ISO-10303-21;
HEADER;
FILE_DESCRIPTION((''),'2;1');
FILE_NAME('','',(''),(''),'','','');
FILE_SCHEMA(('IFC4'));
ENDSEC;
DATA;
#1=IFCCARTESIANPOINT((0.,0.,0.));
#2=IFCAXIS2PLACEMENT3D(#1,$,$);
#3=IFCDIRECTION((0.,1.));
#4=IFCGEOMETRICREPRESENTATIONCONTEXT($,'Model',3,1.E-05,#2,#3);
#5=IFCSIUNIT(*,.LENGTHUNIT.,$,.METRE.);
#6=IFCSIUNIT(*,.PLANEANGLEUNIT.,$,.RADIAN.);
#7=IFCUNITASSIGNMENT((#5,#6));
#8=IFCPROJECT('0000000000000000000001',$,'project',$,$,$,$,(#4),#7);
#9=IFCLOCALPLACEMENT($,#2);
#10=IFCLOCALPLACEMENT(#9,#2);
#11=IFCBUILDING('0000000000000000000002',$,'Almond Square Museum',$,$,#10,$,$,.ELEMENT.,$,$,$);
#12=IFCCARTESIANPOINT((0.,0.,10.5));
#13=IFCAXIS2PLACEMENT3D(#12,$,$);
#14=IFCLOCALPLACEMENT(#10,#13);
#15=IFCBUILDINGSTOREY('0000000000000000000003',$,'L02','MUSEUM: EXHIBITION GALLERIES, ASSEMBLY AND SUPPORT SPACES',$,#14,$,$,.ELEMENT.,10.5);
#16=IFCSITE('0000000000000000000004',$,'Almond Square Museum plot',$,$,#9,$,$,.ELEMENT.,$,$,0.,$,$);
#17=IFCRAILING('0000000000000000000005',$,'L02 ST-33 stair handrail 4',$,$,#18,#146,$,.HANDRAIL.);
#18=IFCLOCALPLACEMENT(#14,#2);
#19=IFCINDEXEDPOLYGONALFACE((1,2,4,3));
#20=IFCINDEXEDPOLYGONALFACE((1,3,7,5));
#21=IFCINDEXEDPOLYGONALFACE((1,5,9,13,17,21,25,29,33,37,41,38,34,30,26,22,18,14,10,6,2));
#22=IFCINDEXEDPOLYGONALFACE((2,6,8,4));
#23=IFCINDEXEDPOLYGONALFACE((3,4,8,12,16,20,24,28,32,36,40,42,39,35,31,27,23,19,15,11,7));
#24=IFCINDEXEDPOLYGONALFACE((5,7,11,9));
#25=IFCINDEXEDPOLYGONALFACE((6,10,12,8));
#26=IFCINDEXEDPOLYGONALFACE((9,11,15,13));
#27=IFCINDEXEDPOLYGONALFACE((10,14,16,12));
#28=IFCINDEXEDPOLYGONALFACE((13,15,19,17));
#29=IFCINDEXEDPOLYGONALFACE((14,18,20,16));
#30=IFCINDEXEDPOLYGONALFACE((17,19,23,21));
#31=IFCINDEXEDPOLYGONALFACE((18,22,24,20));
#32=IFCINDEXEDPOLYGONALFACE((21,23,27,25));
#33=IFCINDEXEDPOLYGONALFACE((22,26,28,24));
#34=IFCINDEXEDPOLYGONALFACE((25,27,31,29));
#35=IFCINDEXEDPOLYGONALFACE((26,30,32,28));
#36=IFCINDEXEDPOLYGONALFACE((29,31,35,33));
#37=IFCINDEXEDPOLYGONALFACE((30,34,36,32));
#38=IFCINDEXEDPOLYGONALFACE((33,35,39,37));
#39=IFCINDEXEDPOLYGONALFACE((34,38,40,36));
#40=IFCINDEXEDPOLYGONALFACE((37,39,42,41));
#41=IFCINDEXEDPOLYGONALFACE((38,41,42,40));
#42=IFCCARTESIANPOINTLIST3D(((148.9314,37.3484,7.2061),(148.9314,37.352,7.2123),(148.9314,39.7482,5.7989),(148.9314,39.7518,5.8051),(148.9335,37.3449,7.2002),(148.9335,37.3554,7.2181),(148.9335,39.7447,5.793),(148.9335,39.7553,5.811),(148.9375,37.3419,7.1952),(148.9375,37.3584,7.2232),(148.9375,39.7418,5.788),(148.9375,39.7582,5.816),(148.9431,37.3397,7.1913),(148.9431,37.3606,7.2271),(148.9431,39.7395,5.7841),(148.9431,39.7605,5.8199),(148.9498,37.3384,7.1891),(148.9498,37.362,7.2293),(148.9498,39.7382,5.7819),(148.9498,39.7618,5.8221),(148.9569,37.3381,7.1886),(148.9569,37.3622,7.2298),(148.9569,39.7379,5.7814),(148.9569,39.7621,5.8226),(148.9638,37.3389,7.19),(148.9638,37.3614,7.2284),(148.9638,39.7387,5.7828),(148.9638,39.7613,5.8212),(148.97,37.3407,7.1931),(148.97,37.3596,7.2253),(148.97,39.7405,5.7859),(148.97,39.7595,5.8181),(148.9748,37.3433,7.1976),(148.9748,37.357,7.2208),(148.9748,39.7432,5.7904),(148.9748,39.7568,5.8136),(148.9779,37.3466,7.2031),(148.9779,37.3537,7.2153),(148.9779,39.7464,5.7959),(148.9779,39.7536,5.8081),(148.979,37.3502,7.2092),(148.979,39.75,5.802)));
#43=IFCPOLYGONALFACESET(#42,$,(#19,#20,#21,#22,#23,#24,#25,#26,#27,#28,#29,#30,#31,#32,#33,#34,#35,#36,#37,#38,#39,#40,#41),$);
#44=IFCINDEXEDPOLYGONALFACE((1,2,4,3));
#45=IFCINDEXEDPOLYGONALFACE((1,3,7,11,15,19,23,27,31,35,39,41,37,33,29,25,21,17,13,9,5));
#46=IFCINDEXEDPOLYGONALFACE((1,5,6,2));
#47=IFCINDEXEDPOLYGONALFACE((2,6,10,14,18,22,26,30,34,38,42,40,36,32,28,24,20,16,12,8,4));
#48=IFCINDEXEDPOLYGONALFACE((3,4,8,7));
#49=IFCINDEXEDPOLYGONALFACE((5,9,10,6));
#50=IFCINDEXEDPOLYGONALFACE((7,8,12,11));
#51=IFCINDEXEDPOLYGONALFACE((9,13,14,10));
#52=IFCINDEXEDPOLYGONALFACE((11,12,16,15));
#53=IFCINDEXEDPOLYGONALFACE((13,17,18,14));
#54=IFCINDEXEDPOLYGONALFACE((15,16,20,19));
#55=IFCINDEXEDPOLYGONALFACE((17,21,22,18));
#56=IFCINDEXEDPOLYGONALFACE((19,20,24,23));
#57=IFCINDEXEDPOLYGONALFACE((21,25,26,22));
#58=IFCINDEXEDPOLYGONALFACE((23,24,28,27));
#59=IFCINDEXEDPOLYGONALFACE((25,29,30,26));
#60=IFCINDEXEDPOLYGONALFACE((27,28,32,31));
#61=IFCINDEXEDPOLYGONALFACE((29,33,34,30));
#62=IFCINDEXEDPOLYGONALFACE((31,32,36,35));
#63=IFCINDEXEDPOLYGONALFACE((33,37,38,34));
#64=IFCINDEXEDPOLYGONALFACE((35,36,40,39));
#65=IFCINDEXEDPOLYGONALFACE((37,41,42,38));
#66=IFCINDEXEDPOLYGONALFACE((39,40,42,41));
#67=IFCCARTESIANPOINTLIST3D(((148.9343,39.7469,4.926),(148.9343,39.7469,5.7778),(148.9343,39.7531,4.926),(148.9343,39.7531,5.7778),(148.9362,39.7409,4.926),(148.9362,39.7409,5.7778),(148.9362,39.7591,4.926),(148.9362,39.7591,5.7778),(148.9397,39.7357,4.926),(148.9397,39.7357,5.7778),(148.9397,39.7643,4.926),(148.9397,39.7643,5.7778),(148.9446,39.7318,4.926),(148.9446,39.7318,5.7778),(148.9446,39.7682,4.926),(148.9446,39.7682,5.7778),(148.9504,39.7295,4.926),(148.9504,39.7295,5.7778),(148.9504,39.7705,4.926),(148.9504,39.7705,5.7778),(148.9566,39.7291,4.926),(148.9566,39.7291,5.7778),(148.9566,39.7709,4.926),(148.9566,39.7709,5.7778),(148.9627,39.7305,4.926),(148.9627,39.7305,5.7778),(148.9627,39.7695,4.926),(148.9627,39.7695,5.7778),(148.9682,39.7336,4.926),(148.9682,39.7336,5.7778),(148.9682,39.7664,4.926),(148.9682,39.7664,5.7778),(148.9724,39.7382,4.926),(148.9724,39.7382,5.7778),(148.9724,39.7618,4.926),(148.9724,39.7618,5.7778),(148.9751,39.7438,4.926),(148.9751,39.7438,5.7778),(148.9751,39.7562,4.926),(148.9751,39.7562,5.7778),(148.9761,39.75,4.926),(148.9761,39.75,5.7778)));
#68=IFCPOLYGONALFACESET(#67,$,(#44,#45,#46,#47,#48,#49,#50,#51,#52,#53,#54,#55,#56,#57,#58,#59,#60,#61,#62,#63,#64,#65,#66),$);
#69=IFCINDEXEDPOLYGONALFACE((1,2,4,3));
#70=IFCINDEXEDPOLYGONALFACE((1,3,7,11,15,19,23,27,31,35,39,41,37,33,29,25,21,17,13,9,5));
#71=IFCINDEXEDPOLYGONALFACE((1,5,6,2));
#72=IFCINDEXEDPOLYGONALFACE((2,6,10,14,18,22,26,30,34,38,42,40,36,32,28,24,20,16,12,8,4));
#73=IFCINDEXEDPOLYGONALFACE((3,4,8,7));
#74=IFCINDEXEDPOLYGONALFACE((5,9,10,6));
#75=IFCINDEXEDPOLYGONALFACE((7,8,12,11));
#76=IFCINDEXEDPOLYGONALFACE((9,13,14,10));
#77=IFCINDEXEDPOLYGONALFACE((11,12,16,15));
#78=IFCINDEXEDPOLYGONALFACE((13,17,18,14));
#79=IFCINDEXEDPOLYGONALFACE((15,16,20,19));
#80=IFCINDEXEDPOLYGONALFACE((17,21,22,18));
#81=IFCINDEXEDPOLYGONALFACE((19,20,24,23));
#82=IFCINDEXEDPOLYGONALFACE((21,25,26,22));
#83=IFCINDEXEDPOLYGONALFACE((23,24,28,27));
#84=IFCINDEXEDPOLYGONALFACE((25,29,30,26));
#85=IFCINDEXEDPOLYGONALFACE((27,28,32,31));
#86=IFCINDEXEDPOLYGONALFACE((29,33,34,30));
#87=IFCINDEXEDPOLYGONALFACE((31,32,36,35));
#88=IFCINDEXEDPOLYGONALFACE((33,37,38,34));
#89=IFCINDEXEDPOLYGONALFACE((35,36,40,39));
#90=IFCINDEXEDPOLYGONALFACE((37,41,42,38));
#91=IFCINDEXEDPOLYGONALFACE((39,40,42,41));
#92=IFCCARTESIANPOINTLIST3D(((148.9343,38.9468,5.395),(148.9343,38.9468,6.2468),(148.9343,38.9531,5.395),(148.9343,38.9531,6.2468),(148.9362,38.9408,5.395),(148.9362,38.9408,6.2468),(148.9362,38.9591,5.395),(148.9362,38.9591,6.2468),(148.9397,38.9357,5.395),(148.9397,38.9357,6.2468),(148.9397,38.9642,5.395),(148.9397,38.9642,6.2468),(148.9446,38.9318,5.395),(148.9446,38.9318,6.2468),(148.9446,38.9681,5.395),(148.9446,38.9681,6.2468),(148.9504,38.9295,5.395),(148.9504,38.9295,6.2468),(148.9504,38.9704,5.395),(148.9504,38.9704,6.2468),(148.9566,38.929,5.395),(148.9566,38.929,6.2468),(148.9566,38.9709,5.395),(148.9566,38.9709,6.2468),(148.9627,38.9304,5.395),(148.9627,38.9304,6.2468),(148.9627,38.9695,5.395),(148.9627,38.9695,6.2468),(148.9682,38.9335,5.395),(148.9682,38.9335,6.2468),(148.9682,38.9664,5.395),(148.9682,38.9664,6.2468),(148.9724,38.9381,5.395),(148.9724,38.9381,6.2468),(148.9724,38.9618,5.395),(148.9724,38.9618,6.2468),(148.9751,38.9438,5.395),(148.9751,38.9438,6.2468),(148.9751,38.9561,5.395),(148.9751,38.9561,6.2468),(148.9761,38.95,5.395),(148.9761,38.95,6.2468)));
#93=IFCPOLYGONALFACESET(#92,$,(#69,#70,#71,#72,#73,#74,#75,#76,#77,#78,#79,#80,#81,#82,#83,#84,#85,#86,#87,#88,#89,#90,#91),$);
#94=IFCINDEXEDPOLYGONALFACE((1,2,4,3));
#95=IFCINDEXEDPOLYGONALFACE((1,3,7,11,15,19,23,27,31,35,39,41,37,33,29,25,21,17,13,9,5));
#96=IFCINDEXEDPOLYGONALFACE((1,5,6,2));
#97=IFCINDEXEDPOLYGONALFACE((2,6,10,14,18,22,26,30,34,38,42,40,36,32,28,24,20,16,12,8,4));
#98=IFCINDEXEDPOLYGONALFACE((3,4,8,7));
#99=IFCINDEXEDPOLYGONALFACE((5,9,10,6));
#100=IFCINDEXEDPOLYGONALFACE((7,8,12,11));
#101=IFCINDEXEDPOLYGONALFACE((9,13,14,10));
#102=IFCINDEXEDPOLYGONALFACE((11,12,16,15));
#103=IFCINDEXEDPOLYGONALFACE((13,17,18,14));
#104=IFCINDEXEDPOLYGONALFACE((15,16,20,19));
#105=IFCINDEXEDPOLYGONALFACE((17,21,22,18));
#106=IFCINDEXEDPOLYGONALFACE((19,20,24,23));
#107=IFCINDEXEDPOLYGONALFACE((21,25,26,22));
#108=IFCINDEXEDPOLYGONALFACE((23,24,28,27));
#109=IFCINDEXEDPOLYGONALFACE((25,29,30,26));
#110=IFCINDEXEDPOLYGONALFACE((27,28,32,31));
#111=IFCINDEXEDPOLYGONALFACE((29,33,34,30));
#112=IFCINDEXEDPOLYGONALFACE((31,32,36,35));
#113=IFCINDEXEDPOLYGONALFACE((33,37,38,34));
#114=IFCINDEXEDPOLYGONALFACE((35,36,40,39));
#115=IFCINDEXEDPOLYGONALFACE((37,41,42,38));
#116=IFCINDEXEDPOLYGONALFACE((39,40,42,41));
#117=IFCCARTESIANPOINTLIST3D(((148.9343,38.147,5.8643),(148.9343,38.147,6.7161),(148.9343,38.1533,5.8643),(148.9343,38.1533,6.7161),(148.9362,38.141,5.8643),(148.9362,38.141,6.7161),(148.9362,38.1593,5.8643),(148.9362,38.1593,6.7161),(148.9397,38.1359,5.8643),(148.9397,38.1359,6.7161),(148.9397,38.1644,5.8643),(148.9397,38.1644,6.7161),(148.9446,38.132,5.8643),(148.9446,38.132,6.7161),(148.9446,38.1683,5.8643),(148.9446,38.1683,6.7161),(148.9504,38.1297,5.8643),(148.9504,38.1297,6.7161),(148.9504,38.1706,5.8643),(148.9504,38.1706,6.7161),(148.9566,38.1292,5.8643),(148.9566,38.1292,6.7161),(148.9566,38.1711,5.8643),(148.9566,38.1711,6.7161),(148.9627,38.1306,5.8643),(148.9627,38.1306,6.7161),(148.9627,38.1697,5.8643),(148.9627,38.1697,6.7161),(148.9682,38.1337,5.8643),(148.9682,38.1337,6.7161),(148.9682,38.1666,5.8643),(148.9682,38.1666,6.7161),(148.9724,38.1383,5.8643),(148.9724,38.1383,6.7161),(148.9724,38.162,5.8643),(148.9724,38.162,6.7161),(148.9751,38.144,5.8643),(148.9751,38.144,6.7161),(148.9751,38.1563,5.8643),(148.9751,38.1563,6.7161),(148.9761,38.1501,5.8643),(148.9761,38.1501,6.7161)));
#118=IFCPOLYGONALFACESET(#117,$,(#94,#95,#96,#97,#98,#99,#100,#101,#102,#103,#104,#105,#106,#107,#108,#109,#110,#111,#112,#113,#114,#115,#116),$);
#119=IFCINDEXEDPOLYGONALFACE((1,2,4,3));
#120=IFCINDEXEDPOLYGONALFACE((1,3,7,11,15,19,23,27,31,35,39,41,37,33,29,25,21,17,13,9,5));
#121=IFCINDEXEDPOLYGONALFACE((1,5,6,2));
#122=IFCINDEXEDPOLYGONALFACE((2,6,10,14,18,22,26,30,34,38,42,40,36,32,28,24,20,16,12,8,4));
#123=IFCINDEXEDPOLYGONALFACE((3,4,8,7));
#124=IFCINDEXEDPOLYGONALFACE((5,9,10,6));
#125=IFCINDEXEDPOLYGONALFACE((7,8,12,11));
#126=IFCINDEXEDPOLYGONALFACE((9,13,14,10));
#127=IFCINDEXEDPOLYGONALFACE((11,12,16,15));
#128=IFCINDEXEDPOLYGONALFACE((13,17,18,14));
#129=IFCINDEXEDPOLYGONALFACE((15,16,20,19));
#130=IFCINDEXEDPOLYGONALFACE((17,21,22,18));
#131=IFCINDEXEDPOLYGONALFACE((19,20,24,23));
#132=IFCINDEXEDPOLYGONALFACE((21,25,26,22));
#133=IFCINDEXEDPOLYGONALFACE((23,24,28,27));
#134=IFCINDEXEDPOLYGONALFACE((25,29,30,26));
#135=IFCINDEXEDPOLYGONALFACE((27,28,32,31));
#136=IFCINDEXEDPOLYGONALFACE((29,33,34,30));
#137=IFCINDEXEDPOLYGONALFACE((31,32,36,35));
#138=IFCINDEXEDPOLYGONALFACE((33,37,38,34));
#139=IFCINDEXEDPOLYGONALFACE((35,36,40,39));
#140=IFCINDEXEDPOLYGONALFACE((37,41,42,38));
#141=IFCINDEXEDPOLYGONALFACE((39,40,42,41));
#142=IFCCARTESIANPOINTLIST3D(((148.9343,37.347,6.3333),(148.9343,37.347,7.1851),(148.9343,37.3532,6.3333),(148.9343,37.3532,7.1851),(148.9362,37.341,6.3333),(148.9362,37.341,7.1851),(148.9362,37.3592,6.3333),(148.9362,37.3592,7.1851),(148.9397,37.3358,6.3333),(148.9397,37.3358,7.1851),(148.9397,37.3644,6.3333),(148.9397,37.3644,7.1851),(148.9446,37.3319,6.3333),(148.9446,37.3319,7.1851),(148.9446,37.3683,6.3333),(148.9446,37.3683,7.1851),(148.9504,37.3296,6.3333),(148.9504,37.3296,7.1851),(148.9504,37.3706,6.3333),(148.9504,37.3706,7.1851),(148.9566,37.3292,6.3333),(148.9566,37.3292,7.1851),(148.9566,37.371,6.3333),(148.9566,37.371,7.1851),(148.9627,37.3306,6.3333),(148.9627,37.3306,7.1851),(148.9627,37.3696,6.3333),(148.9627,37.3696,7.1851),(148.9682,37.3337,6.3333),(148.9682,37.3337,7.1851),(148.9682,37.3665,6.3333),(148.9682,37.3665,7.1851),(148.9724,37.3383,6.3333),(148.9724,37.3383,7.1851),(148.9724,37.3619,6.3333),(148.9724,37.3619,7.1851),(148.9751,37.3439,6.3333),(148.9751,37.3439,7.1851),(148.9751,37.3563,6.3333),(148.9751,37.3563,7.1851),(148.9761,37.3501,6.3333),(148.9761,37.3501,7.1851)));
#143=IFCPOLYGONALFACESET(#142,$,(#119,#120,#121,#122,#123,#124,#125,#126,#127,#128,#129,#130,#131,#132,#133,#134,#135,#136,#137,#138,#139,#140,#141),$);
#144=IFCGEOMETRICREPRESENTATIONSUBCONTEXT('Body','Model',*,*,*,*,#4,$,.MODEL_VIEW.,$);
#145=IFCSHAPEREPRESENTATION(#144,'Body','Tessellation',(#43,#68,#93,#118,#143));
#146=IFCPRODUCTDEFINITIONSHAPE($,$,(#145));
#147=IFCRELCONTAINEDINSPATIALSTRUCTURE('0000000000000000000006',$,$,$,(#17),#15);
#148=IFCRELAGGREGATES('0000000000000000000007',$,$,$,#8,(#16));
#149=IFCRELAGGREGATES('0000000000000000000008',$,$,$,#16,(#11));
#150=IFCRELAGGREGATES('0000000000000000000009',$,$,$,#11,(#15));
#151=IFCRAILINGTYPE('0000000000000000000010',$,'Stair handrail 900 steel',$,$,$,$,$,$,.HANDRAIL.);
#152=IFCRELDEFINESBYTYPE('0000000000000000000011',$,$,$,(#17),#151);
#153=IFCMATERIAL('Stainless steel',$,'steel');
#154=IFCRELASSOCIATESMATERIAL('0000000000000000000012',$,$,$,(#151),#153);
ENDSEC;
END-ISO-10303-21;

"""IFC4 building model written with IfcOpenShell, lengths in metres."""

from ifc_helpers import new_model, si_unit, direction, frame, origin, origin_2d, place, context, subcontext, project, spatial, circle, extrude, material, type_object, element, save


model = new_model("IFC4")

# Units and contexts
model_context = context("Model", 3, precision=1e-05, world=origin(), true_north=direction((0.0, 1.0)))
body_context = subcontext(model_context, "Body", "Model", "MODEL_VIEW")
ifc_project = project(units=[si_unit("LENGTHUNIT", "METRE"), si_unit("PLANEANGLEUNIT", "RADIAN")], contexts=[model_context])

# Site, building, storey
site_placement = place(None, origin())
site = spatial("IfcSite", under=ifc_project, at=site_placement, Name="Almond Square Museum plot", CompositionType="ELEMENT", RefElevation=0.0)
building_placement = place(site_placement, origin())
building = spatial("IfcBuilding", under=site, at=building_placement, Name="Almond Square Museum", CompositionType="ELEMENT")
storey_placement = place(building_placement, frame((0.0, 0.0, 10.5)))
storey = spatial("IfcBuildingStorey", under=building, at=storey_placement, Name="L02", Description="MUSEUM: EXHIBITION GALLERIES, ASSEMBLY AND SUPPORT SPACES", CompositionType="ELEMENT", Elevation=10.5)

# Railing
ifc_material_1 = material(Name="Stainless steel", Category="steel")
railing_type_1 = type_object("IfcRailingType", Name="Stair handrail 900 steel", PredefinedType="HANDRAIL", material=ifc_material_1)
railing_1_placement = place(storey_placement, frame((148.9551, 39.75, 4.926)))
element("IfcRailing", 1, at=railing_1_placement, inside=storey, type_object=railing_type_1, Name="L02 ST-33 stair handrail 4", PredefinedType="HANDRAIL", context=body_context, shape_type="SweptSolid", body=[
    extrude(circle(Radius=0.0239, at=origin_2d()), frame((0.0, 0.0, 0.876), z_axis=(0.0, -0.862637, 0.505823), x_axis=(1.0, 0.0, 0.0)), (0.0, 0.0, 1.0), 2.782),
    extrude(circle(Radius=0.021, at=origin_2d()), origin(), (0.0, 0.0, 1.0), 0.8518),
    extrude(circle(Radius=0.021, at=origin_2d()), frame((0.0, -0.8, 0.469)), (0.0, 0.0, 1.0), 0.8518),
    extrude(circle(Radius=0.021, at=origin_2d()), frame((0.0, -1.5999, 0.9382)), (0.0, 0.0, 1.0), 0.8518),
    extrude(circle(Radius=0.021, at=origin_2d()), frame((0.0, -2.3999, 1.4072)), (0.0, 0.0, 1.0), 0.8518),
])

save(model, "model.ifc")
